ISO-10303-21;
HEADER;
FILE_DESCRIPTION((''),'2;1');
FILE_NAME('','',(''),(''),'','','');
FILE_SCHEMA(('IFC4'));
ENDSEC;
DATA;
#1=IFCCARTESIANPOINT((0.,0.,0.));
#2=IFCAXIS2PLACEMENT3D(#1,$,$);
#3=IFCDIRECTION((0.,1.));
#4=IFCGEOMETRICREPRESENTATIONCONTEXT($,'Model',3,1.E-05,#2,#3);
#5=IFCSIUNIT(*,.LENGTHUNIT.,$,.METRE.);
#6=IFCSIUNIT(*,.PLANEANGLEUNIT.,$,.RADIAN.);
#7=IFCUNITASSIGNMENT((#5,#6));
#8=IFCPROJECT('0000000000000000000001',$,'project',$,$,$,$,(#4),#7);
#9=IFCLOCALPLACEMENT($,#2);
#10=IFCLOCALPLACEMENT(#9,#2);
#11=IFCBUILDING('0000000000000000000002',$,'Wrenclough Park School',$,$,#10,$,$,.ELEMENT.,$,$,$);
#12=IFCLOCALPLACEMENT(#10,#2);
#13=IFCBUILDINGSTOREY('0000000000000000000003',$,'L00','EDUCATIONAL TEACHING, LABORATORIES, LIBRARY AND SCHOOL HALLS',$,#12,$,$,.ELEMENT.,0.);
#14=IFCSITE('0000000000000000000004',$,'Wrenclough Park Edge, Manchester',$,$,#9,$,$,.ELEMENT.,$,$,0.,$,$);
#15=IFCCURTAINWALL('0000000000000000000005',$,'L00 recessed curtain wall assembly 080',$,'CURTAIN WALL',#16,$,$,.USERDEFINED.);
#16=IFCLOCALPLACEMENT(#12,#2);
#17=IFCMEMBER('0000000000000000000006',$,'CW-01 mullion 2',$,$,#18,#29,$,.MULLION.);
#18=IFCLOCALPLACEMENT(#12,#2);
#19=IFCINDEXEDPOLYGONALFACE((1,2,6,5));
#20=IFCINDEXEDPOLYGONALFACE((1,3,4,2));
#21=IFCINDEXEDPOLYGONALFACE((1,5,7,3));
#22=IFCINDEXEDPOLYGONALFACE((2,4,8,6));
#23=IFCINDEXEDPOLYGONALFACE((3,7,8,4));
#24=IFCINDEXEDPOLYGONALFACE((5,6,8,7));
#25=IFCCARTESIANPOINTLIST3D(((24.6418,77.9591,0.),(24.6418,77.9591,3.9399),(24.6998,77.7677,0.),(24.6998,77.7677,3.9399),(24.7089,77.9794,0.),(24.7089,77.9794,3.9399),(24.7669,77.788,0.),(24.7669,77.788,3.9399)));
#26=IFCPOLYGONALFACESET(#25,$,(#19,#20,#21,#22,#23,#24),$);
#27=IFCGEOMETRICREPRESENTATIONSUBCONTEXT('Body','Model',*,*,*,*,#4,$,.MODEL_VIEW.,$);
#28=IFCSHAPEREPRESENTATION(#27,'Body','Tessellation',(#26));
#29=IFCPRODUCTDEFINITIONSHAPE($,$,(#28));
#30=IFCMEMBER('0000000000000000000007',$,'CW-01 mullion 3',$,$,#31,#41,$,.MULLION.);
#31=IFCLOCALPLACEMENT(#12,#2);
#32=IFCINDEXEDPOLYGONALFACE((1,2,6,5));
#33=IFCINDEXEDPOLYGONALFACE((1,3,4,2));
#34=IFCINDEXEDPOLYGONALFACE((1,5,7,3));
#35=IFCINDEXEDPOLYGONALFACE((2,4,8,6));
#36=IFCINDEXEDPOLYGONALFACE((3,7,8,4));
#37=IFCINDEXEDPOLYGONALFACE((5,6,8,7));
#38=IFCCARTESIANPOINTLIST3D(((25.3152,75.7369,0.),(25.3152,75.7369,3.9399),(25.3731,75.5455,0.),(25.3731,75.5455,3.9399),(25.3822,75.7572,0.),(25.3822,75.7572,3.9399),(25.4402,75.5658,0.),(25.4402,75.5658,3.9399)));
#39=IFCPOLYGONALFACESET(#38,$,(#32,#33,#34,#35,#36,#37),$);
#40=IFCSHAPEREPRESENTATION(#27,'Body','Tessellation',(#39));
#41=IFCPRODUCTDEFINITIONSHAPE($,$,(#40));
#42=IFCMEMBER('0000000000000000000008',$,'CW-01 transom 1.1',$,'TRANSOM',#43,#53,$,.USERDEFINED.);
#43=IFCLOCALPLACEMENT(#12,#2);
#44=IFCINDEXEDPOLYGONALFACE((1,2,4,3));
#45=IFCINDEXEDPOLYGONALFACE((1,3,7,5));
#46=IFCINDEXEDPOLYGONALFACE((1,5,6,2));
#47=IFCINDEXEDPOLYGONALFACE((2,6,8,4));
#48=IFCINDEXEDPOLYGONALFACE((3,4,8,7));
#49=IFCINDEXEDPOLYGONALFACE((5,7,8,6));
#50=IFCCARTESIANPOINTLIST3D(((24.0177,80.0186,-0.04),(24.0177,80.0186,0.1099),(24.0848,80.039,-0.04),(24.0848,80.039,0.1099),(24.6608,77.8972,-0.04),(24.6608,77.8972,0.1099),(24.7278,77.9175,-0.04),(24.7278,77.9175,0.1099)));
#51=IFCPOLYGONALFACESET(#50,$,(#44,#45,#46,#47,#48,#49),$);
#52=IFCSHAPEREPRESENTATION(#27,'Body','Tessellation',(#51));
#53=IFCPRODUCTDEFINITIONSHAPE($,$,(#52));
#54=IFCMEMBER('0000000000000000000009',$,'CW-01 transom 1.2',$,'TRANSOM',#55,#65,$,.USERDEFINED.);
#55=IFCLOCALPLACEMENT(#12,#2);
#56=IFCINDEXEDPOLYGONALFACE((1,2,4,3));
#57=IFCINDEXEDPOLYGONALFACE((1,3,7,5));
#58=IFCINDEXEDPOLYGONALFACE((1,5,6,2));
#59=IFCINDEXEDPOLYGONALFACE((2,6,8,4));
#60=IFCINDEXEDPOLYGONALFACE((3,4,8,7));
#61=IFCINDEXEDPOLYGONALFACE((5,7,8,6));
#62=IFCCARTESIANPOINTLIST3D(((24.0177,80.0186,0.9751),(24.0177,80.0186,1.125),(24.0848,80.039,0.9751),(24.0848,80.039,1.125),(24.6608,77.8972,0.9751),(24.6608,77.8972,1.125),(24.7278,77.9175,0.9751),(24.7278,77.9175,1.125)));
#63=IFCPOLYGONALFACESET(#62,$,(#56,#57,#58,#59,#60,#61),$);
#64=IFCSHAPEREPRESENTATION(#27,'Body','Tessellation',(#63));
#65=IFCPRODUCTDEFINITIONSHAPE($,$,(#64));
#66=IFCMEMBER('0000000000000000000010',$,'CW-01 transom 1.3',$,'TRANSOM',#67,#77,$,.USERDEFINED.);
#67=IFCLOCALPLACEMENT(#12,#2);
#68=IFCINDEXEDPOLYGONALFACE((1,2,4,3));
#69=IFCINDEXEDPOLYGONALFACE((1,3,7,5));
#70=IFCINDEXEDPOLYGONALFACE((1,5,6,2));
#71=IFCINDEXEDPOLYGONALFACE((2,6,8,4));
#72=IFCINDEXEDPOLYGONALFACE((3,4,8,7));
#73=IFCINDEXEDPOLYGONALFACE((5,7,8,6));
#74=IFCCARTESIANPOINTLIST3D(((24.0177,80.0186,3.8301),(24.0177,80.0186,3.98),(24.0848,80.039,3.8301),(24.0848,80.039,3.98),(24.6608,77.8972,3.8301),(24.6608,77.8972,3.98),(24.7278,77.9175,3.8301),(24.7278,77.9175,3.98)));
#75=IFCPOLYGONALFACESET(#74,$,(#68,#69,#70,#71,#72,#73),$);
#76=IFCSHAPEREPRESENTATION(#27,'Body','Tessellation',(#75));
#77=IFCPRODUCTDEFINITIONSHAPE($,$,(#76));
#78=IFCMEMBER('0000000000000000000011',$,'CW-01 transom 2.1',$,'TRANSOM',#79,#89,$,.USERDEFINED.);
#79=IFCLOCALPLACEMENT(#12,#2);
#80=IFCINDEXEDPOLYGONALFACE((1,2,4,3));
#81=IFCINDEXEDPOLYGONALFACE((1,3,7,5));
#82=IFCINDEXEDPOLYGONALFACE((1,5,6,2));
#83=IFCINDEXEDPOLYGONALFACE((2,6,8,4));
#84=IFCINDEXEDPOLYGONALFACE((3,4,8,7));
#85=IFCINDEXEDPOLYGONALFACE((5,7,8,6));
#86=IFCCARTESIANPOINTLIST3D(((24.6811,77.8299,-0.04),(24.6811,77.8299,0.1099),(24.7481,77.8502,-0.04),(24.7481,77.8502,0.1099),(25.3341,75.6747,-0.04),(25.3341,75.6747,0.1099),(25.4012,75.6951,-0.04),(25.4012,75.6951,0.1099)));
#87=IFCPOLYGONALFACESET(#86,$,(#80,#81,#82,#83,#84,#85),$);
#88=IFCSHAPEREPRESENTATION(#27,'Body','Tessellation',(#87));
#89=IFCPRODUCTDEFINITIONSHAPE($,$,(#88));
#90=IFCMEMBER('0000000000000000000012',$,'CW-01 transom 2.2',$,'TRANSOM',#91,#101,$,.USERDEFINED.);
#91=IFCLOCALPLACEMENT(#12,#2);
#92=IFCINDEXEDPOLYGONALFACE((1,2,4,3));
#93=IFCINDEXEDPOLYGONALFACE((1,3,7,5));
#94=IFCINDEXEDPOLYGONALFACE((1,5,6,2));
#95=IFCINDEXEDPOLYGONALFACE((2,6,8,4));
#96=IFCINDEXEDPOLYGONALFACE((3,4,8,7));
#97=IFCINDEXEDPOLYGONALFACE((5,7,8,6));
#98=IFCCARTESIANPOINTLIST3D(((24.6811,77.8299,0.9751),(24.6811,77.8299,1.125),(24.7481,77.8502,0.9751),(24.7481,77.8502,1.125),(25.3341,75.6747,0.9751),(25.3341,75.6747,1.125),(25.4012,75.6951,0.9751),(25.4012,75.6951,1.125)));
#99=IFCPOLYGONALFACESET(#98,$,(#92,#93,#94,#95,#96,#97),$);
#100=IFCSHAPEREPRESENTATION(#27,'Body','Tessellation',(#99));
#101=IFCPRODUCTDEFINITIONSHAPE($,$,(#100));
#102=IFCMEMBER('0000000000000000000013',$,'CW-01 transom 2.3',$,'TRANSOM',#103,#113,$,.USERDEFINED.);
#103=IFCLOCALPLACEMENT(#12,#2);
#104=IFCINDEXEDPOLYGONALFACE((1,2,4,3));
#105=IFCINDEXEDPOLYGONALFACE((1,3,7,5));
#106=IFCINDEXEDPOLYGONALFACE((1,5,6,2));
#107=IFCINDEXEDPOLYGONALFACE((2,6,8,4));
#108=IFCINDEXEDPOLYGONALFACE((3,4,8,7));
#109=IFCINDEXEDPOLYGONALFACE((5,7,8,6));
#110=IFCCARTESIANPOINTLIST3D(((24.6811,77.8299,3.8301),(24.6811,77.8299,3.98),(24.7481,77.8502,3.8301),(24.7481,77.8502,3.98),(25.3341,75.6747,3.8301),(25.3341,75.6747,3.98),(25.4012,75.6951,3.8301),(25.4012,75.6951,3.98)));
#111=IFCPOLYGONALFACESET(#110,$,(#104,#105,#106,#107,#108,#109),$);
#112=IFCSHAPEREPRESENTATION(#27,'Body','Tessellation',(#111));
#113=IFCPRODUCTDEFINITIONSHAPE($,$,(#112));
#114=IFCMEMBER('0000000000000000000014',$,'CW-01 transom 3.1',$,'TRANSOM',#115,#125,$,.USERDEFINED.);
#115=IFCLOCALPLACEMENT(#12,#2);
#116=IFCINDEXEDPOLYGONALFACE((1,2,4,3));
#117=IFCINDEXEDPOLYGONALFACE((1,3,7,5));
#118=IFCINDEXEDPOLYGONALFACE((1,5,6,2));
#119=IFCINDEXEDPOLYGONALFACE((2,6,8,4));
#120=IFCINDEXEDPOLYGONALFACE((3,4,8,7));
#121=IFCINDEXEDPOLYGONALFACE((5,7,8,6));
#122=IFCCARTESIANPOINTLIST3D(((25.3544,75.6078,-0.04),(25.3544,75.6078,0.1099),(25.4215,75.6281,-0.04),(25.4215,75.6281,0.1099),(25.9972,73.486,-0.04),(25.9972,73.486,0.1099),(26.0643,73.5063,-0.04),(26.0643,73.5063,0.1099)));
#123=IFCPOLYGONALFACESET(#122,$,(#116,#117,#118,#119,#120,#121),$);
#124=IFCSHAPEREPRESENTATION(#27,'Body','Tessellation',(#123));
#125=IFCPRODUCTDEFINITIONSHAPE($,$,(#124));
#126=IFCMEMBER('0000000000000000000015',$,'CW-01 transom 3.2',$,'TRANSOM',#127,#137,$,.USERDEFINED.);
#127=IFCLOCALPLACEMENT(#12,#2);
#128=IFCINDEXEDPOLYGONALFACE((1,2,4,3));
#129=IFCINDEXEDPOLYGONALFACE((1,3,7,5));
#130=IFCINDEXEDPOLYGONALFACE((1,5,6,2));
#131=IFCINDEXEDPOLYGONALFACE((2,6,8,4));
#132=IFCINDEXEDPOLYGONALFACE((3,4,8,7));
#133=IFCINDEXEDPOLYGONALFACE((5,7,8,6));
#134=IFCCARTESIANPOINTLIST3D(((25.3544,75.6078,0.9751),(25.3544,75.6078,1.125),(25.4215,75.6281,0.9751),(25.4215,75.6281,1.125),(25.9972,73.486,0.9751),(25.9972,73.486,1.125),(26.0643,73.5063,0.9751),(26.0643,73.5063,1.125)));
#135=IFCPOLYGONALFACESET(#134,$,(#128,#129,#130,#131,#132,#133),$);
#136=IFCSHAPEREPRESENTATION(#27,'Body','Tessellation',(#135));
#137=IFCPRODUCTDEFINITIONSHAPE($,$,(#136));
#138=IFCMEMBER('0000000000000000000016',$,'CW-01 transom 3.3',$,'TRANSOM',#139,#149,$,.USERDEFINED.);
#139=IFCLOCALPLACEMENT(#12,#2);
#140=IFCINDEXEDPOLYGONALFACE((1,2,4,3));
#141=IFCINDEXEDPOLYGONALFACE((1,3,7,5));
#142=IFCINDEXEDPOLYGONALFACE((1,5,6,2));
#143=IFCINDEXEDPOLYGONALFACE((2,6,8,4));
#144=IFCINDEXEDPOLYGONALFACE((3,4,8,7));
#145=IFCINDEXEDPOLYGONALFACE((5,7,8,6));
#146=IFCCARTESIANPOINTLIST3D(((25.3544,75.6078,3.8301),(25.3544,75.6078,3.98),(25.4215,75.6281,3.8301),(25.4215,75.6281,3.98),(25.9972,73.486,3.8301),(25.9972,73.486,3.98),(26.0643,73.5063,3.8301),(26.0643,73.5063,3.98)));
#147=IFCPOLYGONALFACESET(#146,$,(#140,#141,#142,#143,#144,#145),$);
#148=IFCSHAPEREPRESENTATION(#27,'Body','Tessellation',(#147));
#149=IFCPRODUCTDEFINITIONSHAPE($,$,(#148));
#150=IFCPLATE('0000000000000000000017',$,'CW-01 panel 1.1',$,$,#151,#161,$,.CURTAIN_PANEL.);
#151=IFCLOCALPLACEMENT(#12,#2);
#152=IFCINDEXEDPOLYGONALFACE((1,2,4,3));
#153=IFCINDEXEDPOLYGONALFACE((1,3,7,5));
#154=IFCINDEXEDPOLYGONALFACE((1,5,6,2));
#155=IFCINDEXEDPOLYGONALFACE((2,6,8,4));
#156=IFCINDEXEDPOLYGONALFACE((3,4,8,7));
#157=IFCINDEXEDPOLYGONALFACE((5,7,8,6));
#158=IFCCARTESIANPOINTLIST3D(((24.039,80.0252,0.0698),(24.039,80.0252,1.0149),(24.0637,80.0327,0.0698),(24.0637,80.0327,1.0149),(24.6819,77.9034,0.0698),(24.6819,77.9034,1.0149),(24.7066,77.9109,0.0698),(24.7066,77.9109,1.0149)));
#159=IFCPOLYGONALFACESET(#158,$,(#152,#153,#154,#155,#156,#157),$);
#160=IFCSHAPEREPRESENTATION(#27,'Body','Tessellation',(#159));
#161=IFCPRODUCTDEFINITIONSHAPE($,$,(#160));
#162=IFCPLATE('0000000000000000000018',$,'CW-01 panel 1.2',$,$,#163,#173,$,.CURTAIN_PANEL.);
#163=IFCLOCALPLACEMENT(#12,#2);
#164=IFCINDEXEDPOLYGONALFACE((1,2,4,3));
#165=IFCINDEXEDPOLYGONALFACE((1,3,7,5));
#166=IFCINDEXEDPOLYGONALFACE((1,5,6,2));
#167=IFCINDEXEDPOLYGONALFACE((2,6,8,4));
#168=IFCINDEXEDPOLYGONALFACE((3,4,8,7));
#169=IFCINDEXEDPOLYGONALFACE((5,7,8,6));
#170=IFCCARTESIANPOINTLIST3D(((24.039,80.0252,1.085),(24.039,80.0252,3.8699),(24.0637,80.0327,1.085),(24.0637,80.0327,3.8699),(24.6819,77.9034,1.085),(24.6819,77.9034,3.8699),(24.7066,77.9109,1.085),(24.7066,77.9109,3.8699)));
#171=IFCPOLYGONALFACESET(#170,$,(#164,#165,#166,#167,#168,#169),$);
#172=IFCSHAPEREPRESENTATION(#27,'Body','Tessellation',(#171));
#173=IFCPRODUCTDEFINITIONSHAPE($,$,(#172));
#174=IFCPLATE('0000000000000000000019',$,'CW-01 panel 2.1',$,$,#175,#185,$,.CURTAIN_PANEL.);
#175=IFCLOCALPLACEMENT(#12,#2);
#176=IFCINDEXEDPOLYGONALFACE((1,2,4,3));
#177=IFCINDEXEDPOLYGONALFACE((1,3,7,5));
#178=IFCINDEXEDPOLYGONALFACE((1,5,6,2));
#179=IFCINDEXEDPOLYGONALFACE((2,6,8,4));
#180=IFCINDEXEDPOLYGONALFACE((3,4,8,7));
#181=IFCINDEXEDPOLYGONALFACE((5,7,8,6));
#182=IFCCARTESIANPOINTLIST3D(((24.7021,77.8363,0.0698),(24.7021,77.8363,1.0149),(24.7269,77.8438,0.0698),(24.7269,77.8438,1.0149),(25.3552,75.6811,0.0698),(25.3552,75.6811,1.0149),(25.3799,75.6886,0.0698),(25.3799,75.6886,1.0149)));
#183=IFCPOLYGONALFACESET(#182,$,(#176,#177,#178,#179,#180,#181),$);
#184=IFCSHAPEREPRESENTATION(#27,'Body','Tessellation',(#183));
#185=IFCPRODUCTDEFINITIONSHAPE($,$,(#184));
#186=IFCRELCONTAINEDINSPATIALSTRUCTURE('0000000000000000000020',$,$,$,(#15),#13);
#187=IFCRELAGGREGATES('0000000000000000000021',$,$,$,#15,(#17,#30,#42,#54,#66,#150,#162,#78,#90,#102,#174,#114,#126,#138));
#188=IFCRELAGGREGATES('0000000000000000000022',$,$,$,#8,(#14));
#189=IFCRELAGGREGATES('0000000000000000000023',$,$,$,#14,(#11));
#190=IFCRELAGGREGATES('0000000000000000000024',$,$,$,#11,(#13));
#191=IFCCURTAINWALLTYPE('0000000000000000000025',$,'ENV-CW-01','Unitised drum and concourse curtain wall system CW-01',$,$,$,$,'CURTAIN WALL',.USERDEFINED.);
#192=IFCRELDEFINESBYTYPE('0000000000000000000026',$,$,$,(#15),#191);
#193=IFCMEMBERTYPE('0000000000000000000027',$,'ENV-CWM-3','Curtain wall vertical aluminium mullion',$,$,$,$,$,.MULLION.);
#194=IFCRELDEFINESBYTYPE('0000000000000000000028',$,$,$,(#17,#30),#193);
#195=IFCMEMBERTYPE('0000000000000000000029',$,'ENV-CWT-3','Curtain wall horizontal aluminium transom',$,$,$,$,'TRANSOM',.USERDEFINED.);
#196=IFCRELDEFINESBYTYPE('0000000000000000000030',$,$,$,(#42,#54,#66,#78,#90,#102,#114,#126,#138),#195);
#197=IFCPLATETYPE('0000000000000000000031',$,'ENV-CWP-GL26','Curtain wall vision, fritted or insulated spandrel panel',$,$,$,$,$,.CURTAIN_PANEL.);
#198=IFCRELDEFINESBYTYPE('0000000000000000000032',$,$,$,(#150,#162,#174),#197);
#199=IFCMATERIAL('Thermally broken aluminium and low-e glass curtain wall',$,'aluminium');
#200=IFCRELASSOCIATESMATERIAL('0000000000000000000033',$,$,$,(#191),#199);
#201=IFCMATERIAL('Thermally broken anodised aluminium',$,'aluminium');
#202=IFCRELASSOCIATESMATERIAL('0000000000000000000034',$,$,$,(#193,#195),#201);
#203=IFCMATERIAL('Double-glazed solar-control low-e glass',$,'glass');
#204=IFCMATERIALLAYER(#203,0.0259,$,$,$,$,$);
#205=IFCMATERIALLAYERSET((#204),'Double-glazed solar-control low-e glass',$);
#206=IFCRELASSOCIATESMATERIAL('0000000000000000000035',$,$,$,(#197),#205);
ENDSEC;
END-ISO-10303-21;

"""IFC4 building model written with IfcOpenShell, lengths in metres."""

from ifc_helpers import new_model, si_unit, direction, frame, origin, origin_2d, place, context, subcontext, project, spatial, rectangle, extrude, material, layer, layer_set, material_profile, profile_set, type_object, element, aggregate, save


model = new_model("IFC4")

# Units and contexts
model_context = context("Model", 3, precision=1e-05, world=origin(), true_north=direction((0.0, 1.0)))
body_context = subcontext(model_context, "Body", "Model", "MODEL_VIEW")
ifc_project = project(units=[si_unit("LENGTHUNIT", "METRE"), si_unit("PLANEANGLEUNIT", "RADIAN")], contexts=[model_context])

# Site, building, storey
site_placement = place(None, origin())
site = spatial("IfcSite", under=ifc_project, at=site_placement, Name="Wrenclough Park Edge, Manchester", CompositionType="ELEMENT", RefElevation=0.0)
building_placement = place(site_placement, origin())
building = spatial("IfcBuilding", under=site, at=building_placement, Name="Wrenclough Park School", CompositionType="ELEMENT")
storey_placement = place(building_placement, origin())
storey = spatial("IfcBuildingStorey", under=building, at=storey_placement, Name="L00", Description="EDUCATIONAL TEACHING, LABORATORIES, LIBRARY AND SCHOOL HALLS", CompositionType="ELEMENT", Elevation=0.0)

# Curtain wall, members, plates
ifc_material_1 = material(Name="Thermally broken aluminium and low-e glass curtain wall", Category="aluminium")
curtain_wall_type = type_object("IfcCurtainWallType", Name="ENV-CW-01", Description="Unitised drum and concourse curtain wall system CW-01", ElementType="CURTAIN WALL", PredefinedType="USERDEFINED", material=ifc_material_1)
curtain_wall_placement = place(storey_placement, origin())
curtain_wall = element("IfcCurtainWall", 1, at=curtain_wall_placement, inside=storey, type_object=curtain_wall_type, Name="L00 recessed curtain wall assembly 080", ObjectType="CURTAIN WALL", PredefinedType="USERDEFINED")
ifc_material_2 = material(Name="Thermally broken anodised aluminium", Category="aluminium")
ifc_material_profile_1 = material_profile(ifc_material_2, rectangle(XDim=0.0701, YDim=0.2, at=origin_2d()), Name="AL MULLION 70x200")
ifc_profile_set_1 = profile_set([ifc_material_profile_1], Name="Thermally broken anodised aluminium")
member_type_1 = type_object("IfcMemberType", Name="ENV-CWM-3", Description="Curtain wall vertical aluminium mullion", PredefinedType="MULLION", material=ifc_profile_set_1)
member_1_placement = place(storey_placement, frame((24.7043, 77.8735, 0.0), z_axis=(0.0, 0.0, 1.0), x_axis=(0.95703, 0.289989, 0.0)))
member_1 = element("IfcMember", 2, at=member_1_placement, type_object=member_type_1, Name="CW-01 mullion 2", PredefinedType="MULLION", context=body_context, shape_type="SweptSolid", body=[
    extrude(rectangle(XDim=0.0701, YDim=0.2, at=origin_2d()), origin(), (0.0, 0.0, 1.0), 3.9399),
])
member_2_placement = place(storey_placement, frame((25.3777, 75.6514, 0.0), z_axis=(0.0, 0.0, 1.0), x_axis=(0.95703, 0.289989, 0.0)))
member_2 = element("IfcMember", 3, at=member_2_placement, type_object=member_type_1, Name="CW-01 mullion 3", PredefinedType="MULLION", context=body_context, shape_type="SweptSolid", body=[
    extrude(rectangle(XDim=0.0701, YDim=0.2, at=origin_2d()), origin(), (0.0, 0.0, 1.0), 3.9399),
])
ifc_material_profile_2 = material_profile(ifc_material_2, rectangle(XDim=0.0701, YDim=0.1499, at=origin_2d()), Name="AL TRANSOM 70x150")
ifc_profile_set_2 = profile_set([ifc_material_profile_2], Name="Thermally broken anodised aluminium")
member_type_2 = type_object("IfcMemberType", Name="ENV-CWT-3", Description="Curtain wall horizontal aluminium transom", ElementType="TRANSOM", PredefinedType="USERDEFINED", material=ifc_profile_set_2)
member_3_placement = place(storey_placement, frame((24.0513, 80.0288, 0.0349), z_axis=(0.290075, -0.957004, 0.0), x_axis=(0.957004, 0.290075, 0.0)))
member_3 = element("IfcMember", 4, at=member_3_placement, type_object=member_type_2, Name="CW-01 transom 1.1", ObjectType="TRANSOM", PredefinedType="USERDEFINED", context=body_context, shape_type="SweptSolid", body=[
    extrude(rectangle(XDim=0.0701, YDim=0.1499, at=origin_2d()), origin(), (0.0, 0.0, 1.0), 2.2168),
])
member_4_placement = place(storey_placement, frame((24.0513, 80.0288, 1.05), z_axis=(0.290075, -0.957004, 0.0), x_axis=(0.957004, 0.290075, 0.0)))
member_4 = element("IfcMember", 5, at=member_4_placement, type_object=member_type_2, Name="CW-01 transom 1.2", ObjectType="TRANSOM", PredefinedType="USERDEFINED", context=body_context, shape_type="SweptSolid", body=[
    extrude(rectangle(XDim=0.0701, YDim=0.1499, at=origin_2d()), origin(), (0.0, 0.0, 1.0), 2.2168),
])
member_5_placement = place(storey_placement, frame((24.0513, 80.0288, 3.905), z_axis=(0.290075, -0.957004, 0.0), x_axis=(0.957004, 0.290075, 0.0)))
member_5 = element("IfcMember", 6, at=member_5_placement, type_object=member_type_2, Name="CW-01 transom 1.3", ObjectType="TRANSOM", PredefinedType="USERDEFINED", context=body_context, shape_type="SweptSolid", body=[
    extrude(rectangle(XDim=0.0701, YDim=0.1499, at=origin_2d()), origin(), (0.0, 0.0, 1.0), 2.2168),
])
member_6_placement = place(storey_placement, frame((24.7146, 77.8401, 0.0349), z_axis=(0.289992, -0.957029, 0.0), x_axis=(0.957029, 0.289992, 0.0)))
member_6 = element("IfcMember", 7, at=member_6_placement, type_object=member_type_2, Name="CW-01 transom 2.1", ObjectType="TRANSOM", PredefinedType="USERDEFINED", context=body_context, shape_type="SweptSolid", body=[
    extrude(rectangle(XDim=0.0701, YDim=0.1499, at=origin_2d()), origin(), (0.0, 0.0, 1.0), 2.252),
])
member_7_placement = place(storey_placement, frame((24.7146, 77.8401, 1.05), z_axis=(0.289992, -0.957029, 0.0), x_axis=(0.957029, 0.289992, 0.0)))
member_7 = element("IfcMember", 8, at=member_7_placement, type_object=member_type_2, Name="CW-01 transom 2.2", ObjectType="TRANSOM", PredefinedType="USERDEFINED", context=body_context, shape_type="SweptSolid", body=[
    extrude(rectangle(XDim=0.0701, YDim=0.1499, at=origin_2d()), origin(), (0.0, 0.0, 1.0), 2.252),
])
member_8_placement = place(storey_placement, frame((24.7146, 77.8401, 3.905), z_axis=(0.289992, -0.957029, 0.0), x_axis=(0.957029, 0.289992, 0.0)))
member_8 = element("IfcMember", 9, at=member_8_placement, type_object=member_type_2, Name="CW-01 transom 2.3", ObjectType="TRANSOM", PredefinedType="USERDEFINED", context=body_context, shape_type="SweptSolid", body=[
    extrude(rectangle(XDim=0.0701, YDim=0.1499, at=origin_2d()), origin(), (0.0, 0.0, 1.0), 2.252),
])
member_9_placement = place(storey_placement, frame((25.3879, 75.6179, 0.0349), z_axis=(0.289943, -0.957044, 0.0), x_axis=(0.957044, 0.289943, 0.0)))
member_9 = element("IfcMember", 10, at=member_9_placement, type_object=member_type_2, Name="CW-01 transom 3.1", ObjectType="TRANSOM", PredefinedType="USERDEFINED", context=body_context, shape_type="SweptSolid", body=[
    extrude(rectangle(XDim=0.0701, YDim=0.1499, at=origin_2d()), origin(), (0.0, 0.0, 1.0), 2.217),
])
member_10_placement = place(storey_placement, frame((25.3879, 75.6179, 1.05), z_axis=(0.289943, -0.957044, 0.0), x_axis=(0.957044, 0.289943, 0.0)))
member_10 = element("IfcMember", 11, at=member_10_placement, type_object=member_type_2, Name="CW-01 transom 3.2", ObjectType="TRANSOM", PredefinedType="USERDEFINED", context=body_context, shape_type="SweptSolid", body=[
    extrude(rectangle(XDim=0.0701, YDim=0.1499, at=origin_2d()), origin(), (0.0, 0.0, 1.0), 2.217),
])
member_11_placement = place(storey_placement, frame((25.3879, 75.6179, 3.905), z_axis=(0.289943, -0.957044, 0.0), x_axis=(0.957044, 0.289943, 0.0)))
member_11 = element("IfcMember", 12, at=member_11_placement, type_object=member_type_2, Name="CW-01 transom 3.3", ObjectType="TRANSOM", PredefinedType="USERDEFINED", context=body_context, shape_type="SweptSolid", body=[
    extrude(rectangle(XDim=0.0701, YDim=0.1499, at=origin_2d()), origin(), (0.0, 0.0, 1.0), 2.217),
])
ifc_material_3 = material(Name="Double-glazed solar-control low-e glass", Category="glass")
ifc_layer_1 = layer(ifc_material_3, 0.0259)
ifc_layer_set_1 = layer_set([ifc_layer_1], Name="Double-glazed solar-control low-e glass")
plate_type_1 = type_object("IfcPlateType", Name="ENV-CWP-GL26", Description="Curtain wall vision, fritted or insulated spandrel panel", PredefinedType="CURTAIN_PANEL", material=ifc_layer_set_1)
plate_1_placement = place(storey_placement, frame((24.3728, 78.968, 0.0698), z_axis=(0.0, 0.0, 1.0), x_axis=(0.289989, -0.95703, 0.0)))
plate_1 = element("IfcPlate", 13, at=plate_1_placement, type_object=plate_type_1, Name="CW-01 panel 1.1", PredefinedType="CURTAIN_PANEL", context=body_context, shape_type="SweptSolid", body=[
    extrude(rectangle(XDim=2.217, YDim=0.0259, at=origin_2d()), origin(), (0.0, 0.0, 1.0), 0.9451),
])
plate_2_placement = place(storey_placement, frame((24.3728, 78.968, 1.085), z_axis=(0.0, 0.0, 1.0), x_axis=(0.289989, -0.95703, 0.0)))
plate_2 = element("IfcPlate", 14, at=plate_2_placement, type_object=plate_type_1, Name="CW-01 panel 1.2", PredefinedType="CURTAIN_PANEL", context=body_context, shape_type="SweptSolid", body=[
    extrude(rectangle(XDim=2.217, YDim=0.0259, at=origin_2d()), origin(), (0.0, 0.0, 1.0), 2.7849),
])
plate_3_placement = place(storey_placement, frame((25.041, 76.7625, 0.0698), z_axis=(0.0, 0.0, 1.0), x_axis=(0.289989, -0.95703, 0.0)))
plate_3 = element("IfcPlate", 15, at=plate_3_placement, type_object=plate_type_1, Name="CW-01 panel 2.1", PredefinedType="CURTAIN_PANEL", context=body_context, shape_type="SweptSolid", body=[
    extrude(rectangle(XDim=2.252, YDim=0.0259, at=origin_2d()), origin(), (0.0, 0.0, 1.0), 0.9451),
])
aggregate(curtain_wall, [member_1, member_2, member_3, member_4, member_5, plate_1, plate_2, member_6, member_7, member_8, plate_3, member_9, member_10, member_11])

save(model, "model.ifc")
